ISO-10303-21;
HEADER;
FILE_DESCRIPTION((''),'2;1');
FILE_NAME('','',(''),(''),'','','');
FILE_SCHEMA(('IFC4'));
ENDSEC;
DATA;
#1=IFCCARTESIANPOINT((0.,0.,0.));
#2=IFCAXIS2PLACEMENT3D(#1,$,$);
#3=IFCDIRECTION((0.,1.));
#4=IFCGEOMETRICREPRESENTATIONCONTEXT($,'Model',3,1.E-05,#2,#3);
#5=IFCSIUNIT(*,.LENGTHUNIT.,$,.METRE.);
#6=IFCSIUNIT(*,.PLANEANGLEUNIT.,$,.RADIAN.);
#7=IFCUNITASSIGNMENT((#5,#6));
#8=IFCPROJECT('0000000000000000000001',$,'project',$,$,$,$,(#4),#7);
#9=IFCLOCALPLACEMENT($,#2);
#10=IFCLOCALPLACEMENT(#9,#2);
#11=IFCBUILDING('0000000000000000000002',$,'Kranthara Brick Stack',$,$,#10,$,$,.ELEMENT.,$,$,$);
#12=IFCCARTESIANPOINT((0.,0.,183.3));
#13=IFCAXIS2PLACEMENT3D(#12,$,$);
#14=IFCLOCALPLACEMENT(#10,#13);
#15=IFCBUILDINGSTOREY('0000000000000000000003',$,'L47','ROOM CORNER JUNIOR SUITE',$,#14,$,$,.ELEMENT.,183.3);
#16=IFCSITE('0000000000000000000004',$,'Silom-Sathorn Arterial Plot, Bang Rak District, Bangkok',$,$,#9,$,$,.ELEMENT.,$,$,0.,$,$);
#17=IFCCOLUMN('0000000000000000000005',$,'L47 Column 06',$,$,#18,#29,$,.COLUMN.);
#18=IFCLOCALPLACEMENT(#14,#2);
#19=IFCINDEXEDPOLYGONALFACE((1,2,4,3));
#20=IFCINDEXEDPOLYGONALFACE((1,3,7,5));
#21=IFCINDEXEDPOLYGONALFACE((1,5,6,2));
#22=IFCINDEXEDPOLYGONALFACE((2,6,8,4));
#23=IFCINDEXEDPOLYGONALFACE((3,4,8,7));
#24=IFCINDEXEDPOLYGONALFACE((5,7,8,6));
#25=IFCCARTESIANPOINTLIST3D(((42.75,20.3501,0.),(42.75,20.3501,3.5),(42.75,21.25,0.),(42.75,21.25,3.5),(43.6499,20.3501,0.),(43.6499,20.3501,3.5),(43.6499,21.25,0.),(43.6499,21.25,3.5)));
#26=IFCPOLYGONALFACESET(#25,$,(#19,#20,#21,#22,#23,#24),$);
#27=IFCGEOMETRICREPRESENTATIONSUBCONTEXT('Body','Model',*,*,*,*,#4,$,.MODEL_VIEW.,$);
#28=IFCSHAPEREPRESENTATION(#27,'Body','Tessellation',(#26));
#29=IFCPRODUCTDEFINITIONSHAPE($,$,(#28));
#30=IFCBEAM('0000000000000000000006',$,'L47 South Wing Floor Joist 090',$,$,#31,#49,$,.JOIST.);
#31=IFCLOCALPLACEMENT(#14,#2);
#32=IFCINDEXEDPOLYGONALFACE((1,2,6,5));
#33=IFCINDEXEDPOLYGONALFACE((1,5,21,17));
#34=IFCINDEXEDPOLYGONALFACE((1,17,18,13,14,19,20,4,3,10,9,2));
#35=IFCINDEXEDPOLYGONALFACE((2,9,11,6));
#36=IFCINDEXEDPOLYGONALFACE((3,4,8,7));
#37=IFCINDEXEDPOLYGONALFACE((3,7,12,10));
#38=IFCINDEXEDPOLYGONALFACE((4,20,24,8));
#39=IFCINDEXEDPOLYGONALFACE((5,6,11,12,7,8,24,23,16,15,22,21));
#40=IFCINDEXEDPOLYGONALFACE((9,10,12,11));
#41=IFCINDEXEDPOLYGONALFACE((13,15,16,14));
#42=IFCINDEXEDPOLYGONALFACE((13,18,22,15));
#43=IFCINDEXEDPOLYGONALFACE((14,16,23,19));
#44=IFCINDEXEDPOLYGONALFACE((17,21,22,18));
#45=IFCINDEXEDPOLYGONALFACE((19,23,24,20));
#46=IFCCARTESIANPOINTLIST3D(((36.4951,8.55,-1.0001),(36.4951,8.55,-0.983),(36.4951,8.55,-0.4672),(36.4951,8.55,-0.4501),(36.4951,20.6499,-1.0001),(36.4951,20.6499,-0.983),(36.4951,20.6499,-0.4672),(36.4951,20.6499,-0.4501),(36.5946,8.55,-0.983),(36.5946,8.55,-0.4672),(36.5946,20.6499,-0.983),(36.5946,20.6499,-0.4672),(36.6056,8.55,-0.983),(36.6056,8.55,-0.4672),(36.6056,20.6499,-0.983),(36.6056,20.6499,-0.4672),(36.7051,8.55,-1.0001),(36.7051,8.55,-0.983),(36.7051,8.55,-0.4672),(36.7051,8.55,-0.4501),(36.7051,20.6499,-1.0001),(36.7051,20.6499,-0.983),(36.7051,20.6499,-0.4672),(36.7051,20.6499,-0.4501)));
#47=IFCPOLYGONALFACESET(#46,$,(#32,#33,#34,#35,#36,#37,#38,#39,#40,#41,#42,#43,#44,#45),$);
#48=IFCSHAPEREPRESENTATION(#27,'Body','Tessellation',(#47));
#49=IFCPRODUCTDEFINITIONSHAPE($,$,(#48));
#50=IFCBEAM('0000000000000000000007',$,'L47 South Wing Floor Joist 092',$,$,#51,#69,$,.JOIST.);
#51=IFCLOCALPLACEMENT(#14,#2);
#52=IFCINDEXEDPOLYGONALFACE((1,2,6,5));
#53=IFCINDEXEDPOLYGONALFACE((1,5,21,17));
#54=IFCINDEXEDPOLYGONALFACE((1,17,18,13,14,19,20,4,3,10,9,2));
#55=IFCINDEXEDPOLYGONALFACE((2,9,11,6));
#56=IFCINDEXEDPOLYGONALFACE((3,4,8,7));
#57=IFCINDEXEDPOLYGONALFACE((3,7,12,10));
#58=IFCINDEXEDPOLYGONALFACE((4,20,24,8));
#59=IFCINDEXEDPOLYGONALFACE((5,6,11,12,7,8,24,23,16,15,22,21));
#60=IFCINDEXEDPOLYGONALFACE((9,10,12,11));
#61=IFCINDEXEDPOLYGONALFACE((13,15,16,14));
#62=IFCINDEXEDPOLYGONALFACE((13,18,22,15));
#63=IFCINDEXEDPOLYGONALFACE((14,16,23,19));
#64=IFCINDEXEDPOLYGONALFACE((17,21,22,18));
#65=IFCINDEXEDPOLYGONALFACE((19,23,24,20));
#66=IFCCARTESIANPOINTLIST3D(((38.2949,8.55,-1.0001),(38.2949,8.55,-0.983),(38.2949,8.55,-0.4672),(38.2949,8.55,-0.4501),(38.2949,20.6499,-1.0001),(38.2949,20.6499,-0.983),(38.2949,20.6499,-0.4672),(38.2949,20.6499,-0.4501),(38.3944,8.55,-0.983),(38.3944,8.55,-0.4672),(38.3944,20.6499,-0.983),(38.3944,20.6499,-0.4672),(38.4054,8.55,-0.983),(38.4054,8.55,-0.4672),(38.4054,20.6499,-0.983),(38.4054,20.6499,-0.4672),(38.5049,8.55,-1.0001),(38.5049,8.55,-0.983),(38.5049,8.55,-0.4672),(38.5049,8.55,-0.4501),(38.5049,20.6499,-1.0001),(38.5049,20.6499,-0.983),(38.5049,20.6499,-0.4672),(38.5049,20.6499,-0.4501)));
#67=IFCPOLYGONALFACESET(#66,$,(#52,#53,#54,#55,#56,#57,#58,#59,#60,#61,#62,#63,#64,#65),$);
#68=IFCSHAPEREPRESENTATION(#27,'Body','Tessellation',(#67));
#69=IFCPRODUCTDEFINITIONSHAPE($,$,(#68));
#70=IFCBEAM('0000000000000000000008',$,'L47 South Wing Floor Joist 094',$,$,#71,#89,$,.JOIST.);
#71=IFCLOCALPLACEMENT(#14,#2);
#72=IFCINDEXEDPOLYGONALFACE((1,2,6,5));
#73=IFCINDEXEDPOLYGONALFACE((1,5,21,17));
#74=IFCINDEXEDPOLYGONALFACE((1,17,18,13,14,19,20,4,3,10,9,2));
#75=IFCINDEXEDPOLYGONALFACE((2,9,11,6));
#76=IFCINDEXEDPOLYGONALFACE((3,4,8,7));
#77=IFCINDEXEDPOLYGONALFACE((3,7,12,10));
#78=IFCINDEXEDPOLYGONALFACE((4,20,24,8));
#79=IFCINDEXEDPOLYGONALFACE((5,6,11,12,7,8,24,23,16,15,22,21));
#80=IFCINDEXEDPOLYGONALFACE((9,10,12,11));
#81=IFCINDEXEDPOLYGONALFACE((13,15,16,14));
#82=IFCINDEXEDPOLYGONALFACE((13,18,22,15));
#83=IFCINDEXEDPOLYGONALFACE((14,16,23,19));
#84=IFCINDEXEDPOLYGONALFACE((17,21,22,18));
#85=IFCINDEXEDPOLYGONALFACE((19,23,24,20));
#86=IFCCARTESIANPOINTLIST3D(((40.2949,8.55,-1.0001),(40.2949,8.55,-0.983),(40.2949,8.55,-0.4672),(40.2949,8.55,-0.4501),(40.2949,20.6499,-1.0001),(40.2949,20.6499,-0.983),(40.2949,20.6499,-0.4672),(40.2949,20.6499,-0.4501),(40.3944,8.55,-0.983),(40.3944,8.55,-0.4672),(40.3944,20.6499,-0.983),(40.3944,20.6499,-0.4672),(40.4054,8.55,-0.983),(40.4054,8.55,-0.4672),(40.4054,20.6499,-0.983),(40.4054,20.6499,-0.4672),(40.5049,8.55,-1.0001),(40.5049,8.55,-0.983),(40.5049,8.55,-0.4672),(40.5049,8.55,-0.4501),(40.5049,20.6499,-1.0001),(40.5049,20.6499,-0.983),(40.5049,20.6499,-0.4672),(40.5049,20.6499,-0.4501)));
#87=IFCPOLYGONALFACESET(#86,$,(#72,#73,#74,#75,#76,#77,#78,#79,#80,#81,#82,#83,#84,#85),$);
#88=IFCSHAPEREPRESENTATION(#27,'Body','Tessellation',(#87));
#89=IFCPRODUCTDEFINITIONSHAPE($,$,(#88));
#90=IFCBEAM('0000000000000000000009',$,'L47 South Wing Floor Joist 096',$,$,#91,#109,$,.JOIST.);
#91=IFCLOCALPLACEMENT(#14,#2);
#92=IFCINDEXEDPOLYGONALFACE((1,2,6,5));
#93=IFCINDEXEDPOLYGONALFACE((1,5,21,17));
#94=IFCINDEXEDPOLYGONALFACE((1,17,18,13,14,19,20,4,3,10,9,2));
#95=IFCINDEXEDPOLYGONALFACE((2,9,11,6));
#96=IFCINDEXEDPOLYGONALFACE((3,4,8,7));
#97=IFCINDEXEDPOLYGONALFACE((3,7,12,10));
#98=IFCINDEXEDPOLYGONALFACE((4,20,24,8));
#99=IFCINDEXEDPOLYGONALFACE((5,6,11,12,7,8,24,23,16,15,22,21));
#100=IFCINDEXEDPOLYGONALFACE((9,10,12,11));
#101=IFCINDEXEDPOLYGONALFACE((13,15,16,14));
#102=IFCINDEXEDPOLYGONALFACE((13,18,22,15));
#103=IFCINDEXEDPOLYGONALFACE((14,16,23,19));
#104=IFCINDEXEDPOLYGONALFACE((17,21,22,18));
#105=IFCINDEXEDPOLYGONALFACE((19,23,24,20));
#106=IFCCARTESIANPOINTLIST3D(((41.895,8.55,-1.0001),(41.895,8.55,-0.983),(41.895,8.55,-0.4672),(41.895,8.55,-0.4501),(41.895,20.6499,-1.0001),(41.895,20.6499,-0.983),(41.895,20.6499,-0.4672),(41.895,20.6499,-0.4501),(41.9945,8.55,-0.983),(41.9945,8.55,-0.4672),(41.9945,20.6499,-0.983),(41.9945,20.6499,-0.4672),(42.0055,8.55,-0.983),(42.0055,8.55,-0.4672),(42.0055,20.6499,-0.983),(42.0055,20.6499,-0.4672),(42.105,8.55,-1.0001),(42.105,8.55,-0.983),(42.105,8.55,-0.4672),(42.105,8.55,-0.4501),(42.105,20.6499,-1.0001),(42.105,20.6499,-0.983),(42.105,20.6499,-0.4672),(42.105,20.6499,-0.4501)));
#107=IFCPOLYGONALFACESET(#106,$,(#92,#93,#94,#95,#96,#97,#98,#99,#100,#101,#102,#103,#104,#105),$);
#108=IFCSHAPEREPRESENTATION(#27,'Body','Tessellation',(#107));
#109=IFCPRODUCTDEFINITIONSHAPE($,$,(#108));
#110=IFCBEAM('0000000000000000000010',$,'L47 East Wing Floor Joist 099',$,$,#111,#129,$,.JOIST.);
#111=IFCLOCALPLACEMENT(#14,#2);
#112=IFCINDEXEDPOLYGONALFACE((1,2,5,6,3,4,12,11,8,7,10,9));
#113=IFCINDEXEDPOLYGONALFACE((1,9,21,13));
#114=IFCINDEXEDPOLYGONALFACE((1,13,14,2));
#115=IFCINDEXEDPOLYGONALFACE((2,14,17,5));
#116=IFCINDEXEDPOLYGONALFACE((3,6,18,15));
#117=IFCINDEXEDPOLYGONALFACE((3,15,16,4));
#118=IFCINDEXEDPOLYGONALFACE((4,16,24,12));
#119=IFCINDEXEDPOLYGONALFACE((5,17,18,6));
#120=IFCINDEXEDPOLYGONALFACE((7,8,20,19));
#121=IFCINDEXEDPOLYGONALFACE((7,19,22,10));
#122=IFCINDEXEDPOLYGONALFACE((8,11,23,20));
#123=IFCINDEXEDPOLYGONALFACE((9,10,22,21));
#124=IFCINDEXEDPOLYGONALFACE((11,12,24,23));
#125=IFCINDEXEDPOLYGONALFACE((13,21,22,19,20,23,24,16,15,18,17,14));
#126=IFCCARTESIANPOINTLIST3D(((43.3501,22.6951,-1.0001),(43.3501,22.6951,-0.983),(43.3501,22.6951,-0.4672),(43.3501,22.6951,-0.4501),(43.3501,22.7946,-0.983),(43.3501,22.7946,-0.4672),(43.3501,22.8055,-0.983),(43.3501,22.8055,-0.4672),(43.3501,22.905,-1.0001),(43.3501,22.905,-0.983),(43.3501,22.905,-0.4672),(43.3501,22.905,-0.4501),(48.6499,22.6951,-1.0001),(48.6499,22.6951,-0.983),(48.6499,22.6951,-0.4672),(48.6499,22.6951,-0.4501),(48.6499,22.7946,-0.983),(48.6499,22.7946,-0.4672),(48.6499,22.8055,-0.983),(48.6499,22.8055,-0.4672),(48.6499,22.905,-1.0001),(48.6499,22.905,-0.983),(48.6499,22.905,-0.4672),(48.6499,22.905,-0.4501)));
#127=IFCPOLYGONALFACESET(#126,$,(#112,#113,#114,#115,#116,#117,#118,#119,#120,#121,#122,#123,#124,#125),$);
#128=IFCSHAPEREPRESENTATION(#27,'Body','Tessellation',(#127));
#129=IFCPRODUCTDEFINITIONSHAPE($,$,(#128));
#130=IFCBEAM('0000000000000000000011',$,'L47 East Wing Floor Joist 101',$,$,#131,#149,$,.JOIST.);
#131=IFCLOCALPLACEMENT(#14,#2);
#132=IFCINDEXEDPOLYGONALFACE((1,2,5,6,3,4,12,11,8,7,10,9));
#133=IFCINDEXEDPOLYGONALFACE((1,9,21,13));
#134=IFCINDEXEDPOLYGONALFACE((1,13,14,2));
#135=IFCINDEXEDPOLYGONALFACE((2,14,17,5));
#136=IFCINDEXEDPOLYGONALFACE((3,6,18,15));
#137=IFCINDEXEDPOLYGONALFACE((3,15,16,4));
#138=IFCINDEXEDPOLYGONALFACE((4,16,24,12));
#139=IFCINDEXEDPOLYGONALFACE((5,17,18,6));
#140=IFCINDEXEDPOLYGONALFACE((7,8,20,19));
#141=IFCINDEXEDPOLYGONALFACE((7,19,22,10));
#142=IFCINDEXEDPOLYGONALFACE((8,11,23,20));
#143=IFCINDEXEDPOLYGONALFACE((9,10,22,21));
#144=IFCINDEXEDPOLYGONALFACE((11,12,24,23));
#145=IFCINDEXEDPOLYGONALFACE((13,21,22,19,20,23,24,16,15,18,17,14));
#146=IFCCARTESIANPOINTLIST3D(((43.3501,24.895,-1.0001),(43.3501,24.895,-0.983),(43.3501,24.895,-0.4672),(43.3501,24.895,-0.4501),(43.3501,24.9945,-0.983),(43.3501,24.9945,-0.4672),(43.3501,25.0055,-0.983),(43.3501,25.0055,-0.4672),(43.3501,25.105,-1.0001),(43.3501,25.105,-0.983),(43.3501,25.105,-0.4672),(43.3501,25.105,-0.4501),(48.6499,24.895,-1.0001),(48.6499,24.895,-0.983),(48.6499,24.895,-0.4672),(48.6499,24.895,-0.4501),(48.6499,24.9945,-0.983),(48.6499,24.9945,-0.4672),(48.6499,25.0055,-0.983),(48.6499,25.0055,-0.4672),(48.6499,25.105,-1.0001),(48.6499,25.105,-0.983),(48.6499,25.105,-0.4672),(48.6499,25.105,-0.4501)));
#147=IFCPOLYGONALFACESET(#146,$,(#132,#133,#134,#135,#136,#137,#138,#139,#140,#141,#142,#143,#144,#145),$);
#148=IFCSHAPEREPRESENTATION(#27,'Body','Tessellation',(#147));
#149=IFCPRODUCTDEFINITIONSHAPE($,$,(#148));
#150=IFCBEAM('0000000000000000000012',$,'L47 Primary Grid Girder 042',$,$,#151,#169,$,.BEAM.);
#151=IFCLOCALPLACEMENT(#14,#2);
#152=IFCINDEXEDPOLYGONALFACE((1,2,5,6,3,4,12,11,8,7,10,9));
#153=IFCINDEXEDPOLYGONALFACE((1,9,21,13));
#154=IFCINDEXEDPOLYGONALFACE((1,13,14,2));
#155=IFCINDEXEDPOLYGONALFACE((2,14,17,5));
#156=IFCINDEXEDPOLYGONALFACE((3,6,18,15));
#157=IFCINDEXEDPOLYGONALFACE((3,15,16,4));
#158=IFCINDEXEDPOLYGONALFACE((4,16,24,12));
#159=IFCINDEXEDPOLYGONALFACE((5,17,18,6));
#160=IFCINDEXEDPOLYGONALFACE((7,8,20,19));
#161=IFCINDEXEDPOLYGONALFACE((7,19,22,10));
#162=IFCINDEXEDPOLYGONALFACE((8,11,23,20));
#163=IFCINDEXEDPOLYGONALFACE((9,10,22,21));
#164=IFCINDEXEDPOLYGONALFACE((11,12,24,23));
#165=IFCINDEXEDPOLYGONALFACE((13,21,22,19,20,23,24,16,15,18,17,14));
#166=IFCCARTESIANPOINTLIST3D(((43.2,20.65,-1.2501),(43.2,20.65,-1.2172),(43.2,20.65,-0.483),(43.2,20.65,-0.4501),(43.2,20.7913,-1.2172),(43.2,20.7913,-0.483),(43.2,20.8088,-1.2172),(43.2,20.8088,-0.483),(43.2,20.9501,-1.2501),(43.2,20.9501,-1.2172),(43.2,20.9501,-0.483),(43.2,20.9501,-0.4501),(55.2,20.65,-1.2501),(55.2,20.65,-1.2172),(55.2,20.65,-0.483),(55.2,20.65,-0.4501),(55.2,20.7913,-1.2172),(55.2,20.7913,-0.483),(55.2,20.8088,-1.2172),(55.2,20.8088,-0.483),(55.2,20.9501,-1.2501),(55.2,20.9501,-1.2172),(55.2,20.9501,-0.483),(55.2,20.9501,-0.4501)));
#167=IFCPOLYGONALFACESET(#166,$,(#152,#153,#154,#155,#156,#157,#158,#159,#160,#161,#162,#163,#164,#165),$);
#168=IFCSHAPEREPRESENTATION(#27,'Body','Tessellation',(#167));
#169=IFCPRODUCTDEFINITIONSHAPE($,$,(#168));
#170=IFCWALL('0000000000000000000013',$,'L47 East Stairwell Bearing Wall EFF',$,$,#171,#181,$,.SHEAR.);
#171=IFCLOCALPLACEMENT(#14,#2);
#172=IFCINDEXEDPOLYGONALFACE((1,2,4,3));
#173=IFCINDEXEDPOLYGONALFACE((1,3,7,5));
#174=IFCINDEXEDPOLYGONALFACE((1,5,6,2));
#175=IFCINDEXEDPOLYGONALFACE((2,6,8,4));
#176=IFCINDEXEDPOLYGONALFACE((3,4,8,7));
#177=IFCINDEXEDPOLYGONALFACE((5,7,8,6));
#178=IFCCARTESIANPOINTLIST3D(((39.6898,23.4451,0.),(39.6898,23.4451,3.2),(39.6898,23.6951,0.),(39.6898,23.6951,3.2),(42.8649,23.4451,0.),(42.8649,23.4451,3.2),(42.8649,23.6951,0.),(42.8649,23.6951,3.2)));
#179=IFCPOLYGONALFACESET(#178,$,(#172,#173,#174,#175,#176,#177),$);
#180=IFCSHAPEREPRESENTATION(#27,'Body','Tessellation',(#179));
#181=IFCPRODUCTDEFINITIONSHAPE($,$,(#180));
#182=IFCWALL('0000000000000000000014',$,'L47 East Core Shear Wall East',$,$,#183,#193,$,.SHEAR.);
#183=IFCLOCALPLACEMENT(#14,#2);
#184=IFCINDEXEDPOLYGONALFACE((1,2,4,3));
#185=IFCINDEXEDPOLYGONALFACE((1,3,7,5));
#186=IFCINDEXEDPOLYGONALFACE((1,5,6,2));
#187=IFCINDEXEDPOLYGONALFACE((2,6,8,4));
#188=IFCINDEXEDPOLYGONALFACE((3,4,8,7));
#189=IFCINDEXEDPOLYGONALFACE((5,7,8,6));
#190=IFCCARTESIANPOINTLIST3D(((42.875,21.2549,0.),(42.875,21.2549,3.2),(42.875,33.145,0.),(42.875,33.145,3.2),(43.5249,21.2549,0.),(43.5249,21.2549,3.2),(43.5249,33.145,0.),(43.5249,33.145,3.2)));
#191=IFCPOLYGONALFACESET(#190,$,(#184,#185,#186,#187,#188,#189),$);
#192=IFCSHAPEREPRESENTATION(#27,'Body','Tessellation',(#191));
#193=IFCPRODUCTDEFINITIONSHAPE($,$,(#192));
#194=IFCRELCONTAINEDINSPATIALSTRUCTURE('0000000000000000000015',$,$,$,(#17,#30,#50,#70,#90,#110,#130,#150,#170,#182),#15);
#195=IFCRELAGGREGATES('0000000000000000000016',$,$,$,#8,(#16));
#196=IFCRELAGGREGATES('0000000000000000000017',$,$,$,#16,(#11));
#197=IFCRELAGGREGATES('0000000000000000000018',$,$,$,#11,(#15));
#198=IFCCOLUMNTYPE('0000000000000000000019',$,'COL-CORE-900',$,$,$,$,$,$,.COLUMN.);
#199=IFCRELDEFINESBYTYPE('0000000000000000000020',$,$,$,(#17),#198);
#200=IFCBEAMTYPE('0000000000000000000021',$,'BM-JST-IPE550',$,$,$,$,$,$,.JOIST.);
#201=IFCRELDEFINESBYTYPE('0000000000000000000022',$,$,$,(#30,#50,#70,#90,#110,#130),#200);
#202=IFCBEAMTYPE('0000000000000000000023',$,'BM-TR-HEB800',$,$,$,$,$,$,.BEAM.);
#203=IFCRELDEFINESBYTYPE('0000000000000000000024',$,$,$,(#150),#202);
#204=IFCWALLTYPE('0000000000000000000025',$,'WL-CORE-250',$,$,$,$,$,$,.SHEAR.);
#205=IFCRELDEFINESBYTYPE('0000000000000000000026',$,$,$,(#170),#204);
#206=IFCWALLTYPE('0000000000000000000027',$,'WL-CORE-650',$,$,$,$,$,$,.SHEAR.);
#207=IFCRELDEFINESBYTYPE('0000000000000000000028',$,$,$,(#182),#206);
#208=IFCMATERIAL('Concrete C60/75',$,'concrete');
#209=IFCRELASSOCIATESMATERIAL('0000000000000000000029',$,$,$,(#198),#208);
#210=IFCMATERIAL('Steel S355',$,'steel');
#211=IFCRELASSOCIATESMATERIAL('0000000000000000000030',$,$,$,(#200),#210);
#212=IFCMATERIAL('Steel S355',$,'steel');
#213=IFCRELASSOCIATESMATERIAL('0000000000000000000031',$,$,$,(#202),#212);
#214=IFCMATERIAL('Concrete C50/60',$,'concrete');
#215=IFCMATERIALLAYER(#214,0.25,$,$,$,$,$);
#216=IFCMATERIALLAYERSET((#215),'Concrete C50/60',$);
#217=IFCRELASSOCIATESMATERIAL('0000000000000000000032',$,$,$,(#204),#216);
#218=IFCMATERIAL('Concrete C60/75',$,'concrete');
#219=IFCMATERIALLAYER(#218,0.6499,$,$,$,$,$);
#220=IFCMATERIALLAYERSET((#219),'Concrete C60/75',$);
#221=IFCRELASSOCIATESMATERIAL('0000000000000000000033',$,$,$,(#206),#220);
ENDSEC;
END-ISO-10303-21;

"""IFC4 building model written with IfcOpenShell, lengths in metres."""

from ifc_helpers import new_model, si_unit, direction, frame, frame_2d, origin, origin_2d, place, context, subcontext, project, spatial, rectangle, i_section, extrude, material, layer, layer_set, material_profile, profile_set, type_object, element, save


model = new_model("IFC4")

# Units and contexts
model_context = context("Model", 3, precision=1e-05, world=origin(), true_north=direction((0.0, 1.0)))
body_context = subcontext(model_context, "Body", "Model", "MODEL_VIEW")
ifc_project = project(units=[si_unit("LENGTHUNIT", "METRE"), si_unit("PLANEANGLEUNIT", "RADIAN")], contexts=[model_context])

# Site, building, storey
site_placement = place(None, origin())
site = spatial("IfcSite", under=ifc_project, at=site_placement, Name="Silom-Sathorn Arterial Plot, Bang Rak District, Bangkok", CompositionType="ELEMENT", RefElevation=0.0)
building_placement = place(site_placement, origin())
building = spatial("IfcBuilding", under=site, at=building_placement, Name="Kranthara Brick Stack", CompositionType="ELEMENT")
storey_placement = place(building_placement, frame((0.0, 0.0, 183.3)))
storey = spatial("IfcBuildingStorey", under=building, at=storey_placement, Name="L47", Description="ROOM CORNER JUNIOR SUITE", CompositionType="ELEMENT", Elevation=183.3)

# Column
ifc_material_1 = material(Name="Concrete C60/75", Category="concrete")
ifc_material_profile_1 = material_profile(ifc_material_1, rectangle(XDim=0.8999, YDim=0.8999, at=origin_2d()), Name="RC 900x900")
ifc_profile_set_1 = profile_set([ifc_material_profile_1], Name="Concrete C60/75")
column_type = type_object("IfcColumnType", Name="COL-CORE-900", PredefinedType="COLUMN", material=ifc_profile_set_1)
column_placement = place(storey_placement, frame((43.2, 20.8, 0.0), z_axis=(0.0, 0.0, 1.0), x_axis=(1.0, 0.0, 0.0)))
element("IfcColumn", 1, at=column_placement, inside=storey, type_object=column_type, Name="L47 Column 06", PredefinedType="COLUMN", context=body_context, shape_type="SweptSolid", body=[
    extrude(rectangle(XDim=0.8999, YDim=0.8999, at=origin_2d()), origin(), (0.0, 0.0, 1.0), 3.5),
])

# Beams
ifc_material_2 = material(Name="Steel S355", Category="steel")
ifc_material_profile_2 = material_profile(ifc_material_2, i_section(OverallWidth=0.21, OverallDepth=0.55, WebThickness=0.011, FlangeThickness=0.0171, at=origin_2d()), Name="IPE 550")
ifc_profile_set_2 = profile_set([ifc_material_profile_2], Name="Steel S355")
beam_type_1 = type_object("IfcBeamType", Name="BM-JST-IPE550", PredefinedType="JOIST", material=ifc_profile_set_2)
for number, where, z_axis, x_axis, name in (
    (2, (36.6001, 8.55, -0.7251), (0.0, 1.0, 0.0), (-1.0, 0.0, 0.0), "L47 South Wing Floor Joist 090"),
    (3, (38.3999, 8.55, -0.7251), (0.0, 1.0, 0.0), (-1.0, 0.0, 0.0), "L47 South Wing Floor Joist 092"),
    (4, (40.3999, 8.55, -0.7251), (0.0, 1.0, 0.0), (-1.0, 0.0, 0.0), "L47 South Wing Floor Joist 094"),
    (5, (42.0, 8.55, -0.7251), (0.0, 1.0, 0.0), (-1.0, 0.0, 0.0), "L47 South Wing Floor Joist 096"),
):
    element("IfcBeam", number, at=place(storey_placement, frame(where, z_axis=z_axis, x_axis=x_axis)), inside=storey, type_object=beam_type_1, Name=name, PredefinedType="JOIST", context=body_context, shape_type="SweptSolid", body=[
        extrude(i_section(OverallWidth=0.21, OverallDepth=0.55, WebThickness=0.011, FlangeThickness=0.0171, at=origin_2d()), origin(), (0.0, 0.0, 1.0), 12.0999),
    ])
for number, where, z_axis, x_axis, name in (
    (6, (43.3501, 22.8, -0.7251), (1.0, 0.0, 0.0), (0.0, 1.0, 0.0), "L47 East Wing Floor Joist 099"),
    (7, (43.3501, 25.0, -0.7251), (1.0, 0.0, 0.0), (0.0, 1.0, 0.0), "L47 East Wing Floor Joist 101"),
):
    element("IfcBeam", number, at=place(storey_placement, frame(where, z_axis=z_axis, x_axis=x_axis)), inside=storey, type_object=beam_type_1, Name=name, PredefinedType="JOIST", context=body_context, shape_type="SweptSolid", body=[
        extrude(i_section(OverallWidth=0.21, OverallDepth=0.55, WebThickness=0.011, FlangeThickness=0.0171, at=origin_2d()), origin(), (0.0, 0.0, 1.0), 5.2998),
    ])
ifc_material_3 = material(Name="Steel S355", Category="steel")
ifc_material_profile_3 = material_profile(ifc_material_3, i_section(OverallWidth=0.3, OverallDepth=0.8, WebThickness=0.0176, FlangeThickness=0.033, at=origin_2d()), Name="HEB 800")
ifc_profile_set_3 = profile_set([ifc_material_profile_3], Name="Steel S355")
beam_type_2 = type_object("IfcBeamType", Name="BM-TR-HEB800", PredefinedType="BEAM", material=ifc_profile_set_3)
beam_placement = place(storey_placement, frame((43.2, 20.8, -0.8501), z_axis=(1.0, 0.0, 0.0), x_axis=(0.0, 1.0, 0.0)))
element("IfcBeam", 8, at=beam_placement, inside=storey, type_object=beam_type_2, Name="L47 Primary Grid Girder 042", PredefinedType="BEAM", context=body_context, shape_type="SweptSolid", body=[
    extrude(i_section(OverallWidth=0.3, OverallDepth=0.8, WebThickness=0.0176, FlangeThickness=0.033, at=origin_2d()), origin(), (0.0, 0.0, 1.0), 12.0),
])

# Shared definitions
ifc_material_4 = material(Name="Concrete C50/60", Category="concrete")
ifc_layer_1 = layer(ifc_material_4, 0.25)
ifc_layer_set_1 = layer_set([ifc_layer_1], Name="Concrete C50/60")
wall_type_1 = type_object("IfcWallType", Name="WL-CORE-250", PredefinedType="SHEAR", material=ifc_layer_set_1)

# Walls
wall_1_placement = place(storey_placement, frame((39.6899, 23.5701, 0.0), z_axis=(0.0, 0.0, 1.0), x_axis=(1.0, 0.0, 0.0)))
element("IfcWall", 9, at=wall_1_placement, inside=storey, type_object=wall_type_1, Name="L47 East Stairwell Bearing Wall EFF", PredefinedType="SHEAR", context=body_context, shape_type="SweptSolid", body=[
    extrude(rectangle(XDim=3.175, YDim=0.25, at=frame_2d((1.5874, 0.0))), origin(), (0.0, 0.0, 1.0), 3.2),
])
ifc_material_5 = material(Name="Concrete C60/75", Category="concrete")
ifc_layer_2 = layer(ifc_material_5, 0.6499)
ifc_layer_set_2 = layer_set([ifc_layer_2], Name="Concrete C60/75")
wall_type_2 = type_object("IfcWallType", Name="WL-CORE-650", PredefinedType="SHEAR", material=ifc_layer_set_2)
wall_2_placement = place(storey_placement, frame((43.2, 21.2549, 0.0), z_axis=(0.0, 0.0, 1.0), x_axis=(0.0, 1.0, 0.0)))
element("IfcWall", 10, at=wall_2_placement, inside=storey, type_object=wall_type_2, Name="L47 East Core Shear Wall East", PredefinedType="SHEAR", context=body_context, shape_type="SweptSolid", body=[
    extrude(rectangle(XDim=11.8901, YDim=0.6499, at=frame_2d((5.9451, 0.0))), origin(), (0.0, 0.0, 1.0), 3.2),
])

save(model, "model.ifc")
